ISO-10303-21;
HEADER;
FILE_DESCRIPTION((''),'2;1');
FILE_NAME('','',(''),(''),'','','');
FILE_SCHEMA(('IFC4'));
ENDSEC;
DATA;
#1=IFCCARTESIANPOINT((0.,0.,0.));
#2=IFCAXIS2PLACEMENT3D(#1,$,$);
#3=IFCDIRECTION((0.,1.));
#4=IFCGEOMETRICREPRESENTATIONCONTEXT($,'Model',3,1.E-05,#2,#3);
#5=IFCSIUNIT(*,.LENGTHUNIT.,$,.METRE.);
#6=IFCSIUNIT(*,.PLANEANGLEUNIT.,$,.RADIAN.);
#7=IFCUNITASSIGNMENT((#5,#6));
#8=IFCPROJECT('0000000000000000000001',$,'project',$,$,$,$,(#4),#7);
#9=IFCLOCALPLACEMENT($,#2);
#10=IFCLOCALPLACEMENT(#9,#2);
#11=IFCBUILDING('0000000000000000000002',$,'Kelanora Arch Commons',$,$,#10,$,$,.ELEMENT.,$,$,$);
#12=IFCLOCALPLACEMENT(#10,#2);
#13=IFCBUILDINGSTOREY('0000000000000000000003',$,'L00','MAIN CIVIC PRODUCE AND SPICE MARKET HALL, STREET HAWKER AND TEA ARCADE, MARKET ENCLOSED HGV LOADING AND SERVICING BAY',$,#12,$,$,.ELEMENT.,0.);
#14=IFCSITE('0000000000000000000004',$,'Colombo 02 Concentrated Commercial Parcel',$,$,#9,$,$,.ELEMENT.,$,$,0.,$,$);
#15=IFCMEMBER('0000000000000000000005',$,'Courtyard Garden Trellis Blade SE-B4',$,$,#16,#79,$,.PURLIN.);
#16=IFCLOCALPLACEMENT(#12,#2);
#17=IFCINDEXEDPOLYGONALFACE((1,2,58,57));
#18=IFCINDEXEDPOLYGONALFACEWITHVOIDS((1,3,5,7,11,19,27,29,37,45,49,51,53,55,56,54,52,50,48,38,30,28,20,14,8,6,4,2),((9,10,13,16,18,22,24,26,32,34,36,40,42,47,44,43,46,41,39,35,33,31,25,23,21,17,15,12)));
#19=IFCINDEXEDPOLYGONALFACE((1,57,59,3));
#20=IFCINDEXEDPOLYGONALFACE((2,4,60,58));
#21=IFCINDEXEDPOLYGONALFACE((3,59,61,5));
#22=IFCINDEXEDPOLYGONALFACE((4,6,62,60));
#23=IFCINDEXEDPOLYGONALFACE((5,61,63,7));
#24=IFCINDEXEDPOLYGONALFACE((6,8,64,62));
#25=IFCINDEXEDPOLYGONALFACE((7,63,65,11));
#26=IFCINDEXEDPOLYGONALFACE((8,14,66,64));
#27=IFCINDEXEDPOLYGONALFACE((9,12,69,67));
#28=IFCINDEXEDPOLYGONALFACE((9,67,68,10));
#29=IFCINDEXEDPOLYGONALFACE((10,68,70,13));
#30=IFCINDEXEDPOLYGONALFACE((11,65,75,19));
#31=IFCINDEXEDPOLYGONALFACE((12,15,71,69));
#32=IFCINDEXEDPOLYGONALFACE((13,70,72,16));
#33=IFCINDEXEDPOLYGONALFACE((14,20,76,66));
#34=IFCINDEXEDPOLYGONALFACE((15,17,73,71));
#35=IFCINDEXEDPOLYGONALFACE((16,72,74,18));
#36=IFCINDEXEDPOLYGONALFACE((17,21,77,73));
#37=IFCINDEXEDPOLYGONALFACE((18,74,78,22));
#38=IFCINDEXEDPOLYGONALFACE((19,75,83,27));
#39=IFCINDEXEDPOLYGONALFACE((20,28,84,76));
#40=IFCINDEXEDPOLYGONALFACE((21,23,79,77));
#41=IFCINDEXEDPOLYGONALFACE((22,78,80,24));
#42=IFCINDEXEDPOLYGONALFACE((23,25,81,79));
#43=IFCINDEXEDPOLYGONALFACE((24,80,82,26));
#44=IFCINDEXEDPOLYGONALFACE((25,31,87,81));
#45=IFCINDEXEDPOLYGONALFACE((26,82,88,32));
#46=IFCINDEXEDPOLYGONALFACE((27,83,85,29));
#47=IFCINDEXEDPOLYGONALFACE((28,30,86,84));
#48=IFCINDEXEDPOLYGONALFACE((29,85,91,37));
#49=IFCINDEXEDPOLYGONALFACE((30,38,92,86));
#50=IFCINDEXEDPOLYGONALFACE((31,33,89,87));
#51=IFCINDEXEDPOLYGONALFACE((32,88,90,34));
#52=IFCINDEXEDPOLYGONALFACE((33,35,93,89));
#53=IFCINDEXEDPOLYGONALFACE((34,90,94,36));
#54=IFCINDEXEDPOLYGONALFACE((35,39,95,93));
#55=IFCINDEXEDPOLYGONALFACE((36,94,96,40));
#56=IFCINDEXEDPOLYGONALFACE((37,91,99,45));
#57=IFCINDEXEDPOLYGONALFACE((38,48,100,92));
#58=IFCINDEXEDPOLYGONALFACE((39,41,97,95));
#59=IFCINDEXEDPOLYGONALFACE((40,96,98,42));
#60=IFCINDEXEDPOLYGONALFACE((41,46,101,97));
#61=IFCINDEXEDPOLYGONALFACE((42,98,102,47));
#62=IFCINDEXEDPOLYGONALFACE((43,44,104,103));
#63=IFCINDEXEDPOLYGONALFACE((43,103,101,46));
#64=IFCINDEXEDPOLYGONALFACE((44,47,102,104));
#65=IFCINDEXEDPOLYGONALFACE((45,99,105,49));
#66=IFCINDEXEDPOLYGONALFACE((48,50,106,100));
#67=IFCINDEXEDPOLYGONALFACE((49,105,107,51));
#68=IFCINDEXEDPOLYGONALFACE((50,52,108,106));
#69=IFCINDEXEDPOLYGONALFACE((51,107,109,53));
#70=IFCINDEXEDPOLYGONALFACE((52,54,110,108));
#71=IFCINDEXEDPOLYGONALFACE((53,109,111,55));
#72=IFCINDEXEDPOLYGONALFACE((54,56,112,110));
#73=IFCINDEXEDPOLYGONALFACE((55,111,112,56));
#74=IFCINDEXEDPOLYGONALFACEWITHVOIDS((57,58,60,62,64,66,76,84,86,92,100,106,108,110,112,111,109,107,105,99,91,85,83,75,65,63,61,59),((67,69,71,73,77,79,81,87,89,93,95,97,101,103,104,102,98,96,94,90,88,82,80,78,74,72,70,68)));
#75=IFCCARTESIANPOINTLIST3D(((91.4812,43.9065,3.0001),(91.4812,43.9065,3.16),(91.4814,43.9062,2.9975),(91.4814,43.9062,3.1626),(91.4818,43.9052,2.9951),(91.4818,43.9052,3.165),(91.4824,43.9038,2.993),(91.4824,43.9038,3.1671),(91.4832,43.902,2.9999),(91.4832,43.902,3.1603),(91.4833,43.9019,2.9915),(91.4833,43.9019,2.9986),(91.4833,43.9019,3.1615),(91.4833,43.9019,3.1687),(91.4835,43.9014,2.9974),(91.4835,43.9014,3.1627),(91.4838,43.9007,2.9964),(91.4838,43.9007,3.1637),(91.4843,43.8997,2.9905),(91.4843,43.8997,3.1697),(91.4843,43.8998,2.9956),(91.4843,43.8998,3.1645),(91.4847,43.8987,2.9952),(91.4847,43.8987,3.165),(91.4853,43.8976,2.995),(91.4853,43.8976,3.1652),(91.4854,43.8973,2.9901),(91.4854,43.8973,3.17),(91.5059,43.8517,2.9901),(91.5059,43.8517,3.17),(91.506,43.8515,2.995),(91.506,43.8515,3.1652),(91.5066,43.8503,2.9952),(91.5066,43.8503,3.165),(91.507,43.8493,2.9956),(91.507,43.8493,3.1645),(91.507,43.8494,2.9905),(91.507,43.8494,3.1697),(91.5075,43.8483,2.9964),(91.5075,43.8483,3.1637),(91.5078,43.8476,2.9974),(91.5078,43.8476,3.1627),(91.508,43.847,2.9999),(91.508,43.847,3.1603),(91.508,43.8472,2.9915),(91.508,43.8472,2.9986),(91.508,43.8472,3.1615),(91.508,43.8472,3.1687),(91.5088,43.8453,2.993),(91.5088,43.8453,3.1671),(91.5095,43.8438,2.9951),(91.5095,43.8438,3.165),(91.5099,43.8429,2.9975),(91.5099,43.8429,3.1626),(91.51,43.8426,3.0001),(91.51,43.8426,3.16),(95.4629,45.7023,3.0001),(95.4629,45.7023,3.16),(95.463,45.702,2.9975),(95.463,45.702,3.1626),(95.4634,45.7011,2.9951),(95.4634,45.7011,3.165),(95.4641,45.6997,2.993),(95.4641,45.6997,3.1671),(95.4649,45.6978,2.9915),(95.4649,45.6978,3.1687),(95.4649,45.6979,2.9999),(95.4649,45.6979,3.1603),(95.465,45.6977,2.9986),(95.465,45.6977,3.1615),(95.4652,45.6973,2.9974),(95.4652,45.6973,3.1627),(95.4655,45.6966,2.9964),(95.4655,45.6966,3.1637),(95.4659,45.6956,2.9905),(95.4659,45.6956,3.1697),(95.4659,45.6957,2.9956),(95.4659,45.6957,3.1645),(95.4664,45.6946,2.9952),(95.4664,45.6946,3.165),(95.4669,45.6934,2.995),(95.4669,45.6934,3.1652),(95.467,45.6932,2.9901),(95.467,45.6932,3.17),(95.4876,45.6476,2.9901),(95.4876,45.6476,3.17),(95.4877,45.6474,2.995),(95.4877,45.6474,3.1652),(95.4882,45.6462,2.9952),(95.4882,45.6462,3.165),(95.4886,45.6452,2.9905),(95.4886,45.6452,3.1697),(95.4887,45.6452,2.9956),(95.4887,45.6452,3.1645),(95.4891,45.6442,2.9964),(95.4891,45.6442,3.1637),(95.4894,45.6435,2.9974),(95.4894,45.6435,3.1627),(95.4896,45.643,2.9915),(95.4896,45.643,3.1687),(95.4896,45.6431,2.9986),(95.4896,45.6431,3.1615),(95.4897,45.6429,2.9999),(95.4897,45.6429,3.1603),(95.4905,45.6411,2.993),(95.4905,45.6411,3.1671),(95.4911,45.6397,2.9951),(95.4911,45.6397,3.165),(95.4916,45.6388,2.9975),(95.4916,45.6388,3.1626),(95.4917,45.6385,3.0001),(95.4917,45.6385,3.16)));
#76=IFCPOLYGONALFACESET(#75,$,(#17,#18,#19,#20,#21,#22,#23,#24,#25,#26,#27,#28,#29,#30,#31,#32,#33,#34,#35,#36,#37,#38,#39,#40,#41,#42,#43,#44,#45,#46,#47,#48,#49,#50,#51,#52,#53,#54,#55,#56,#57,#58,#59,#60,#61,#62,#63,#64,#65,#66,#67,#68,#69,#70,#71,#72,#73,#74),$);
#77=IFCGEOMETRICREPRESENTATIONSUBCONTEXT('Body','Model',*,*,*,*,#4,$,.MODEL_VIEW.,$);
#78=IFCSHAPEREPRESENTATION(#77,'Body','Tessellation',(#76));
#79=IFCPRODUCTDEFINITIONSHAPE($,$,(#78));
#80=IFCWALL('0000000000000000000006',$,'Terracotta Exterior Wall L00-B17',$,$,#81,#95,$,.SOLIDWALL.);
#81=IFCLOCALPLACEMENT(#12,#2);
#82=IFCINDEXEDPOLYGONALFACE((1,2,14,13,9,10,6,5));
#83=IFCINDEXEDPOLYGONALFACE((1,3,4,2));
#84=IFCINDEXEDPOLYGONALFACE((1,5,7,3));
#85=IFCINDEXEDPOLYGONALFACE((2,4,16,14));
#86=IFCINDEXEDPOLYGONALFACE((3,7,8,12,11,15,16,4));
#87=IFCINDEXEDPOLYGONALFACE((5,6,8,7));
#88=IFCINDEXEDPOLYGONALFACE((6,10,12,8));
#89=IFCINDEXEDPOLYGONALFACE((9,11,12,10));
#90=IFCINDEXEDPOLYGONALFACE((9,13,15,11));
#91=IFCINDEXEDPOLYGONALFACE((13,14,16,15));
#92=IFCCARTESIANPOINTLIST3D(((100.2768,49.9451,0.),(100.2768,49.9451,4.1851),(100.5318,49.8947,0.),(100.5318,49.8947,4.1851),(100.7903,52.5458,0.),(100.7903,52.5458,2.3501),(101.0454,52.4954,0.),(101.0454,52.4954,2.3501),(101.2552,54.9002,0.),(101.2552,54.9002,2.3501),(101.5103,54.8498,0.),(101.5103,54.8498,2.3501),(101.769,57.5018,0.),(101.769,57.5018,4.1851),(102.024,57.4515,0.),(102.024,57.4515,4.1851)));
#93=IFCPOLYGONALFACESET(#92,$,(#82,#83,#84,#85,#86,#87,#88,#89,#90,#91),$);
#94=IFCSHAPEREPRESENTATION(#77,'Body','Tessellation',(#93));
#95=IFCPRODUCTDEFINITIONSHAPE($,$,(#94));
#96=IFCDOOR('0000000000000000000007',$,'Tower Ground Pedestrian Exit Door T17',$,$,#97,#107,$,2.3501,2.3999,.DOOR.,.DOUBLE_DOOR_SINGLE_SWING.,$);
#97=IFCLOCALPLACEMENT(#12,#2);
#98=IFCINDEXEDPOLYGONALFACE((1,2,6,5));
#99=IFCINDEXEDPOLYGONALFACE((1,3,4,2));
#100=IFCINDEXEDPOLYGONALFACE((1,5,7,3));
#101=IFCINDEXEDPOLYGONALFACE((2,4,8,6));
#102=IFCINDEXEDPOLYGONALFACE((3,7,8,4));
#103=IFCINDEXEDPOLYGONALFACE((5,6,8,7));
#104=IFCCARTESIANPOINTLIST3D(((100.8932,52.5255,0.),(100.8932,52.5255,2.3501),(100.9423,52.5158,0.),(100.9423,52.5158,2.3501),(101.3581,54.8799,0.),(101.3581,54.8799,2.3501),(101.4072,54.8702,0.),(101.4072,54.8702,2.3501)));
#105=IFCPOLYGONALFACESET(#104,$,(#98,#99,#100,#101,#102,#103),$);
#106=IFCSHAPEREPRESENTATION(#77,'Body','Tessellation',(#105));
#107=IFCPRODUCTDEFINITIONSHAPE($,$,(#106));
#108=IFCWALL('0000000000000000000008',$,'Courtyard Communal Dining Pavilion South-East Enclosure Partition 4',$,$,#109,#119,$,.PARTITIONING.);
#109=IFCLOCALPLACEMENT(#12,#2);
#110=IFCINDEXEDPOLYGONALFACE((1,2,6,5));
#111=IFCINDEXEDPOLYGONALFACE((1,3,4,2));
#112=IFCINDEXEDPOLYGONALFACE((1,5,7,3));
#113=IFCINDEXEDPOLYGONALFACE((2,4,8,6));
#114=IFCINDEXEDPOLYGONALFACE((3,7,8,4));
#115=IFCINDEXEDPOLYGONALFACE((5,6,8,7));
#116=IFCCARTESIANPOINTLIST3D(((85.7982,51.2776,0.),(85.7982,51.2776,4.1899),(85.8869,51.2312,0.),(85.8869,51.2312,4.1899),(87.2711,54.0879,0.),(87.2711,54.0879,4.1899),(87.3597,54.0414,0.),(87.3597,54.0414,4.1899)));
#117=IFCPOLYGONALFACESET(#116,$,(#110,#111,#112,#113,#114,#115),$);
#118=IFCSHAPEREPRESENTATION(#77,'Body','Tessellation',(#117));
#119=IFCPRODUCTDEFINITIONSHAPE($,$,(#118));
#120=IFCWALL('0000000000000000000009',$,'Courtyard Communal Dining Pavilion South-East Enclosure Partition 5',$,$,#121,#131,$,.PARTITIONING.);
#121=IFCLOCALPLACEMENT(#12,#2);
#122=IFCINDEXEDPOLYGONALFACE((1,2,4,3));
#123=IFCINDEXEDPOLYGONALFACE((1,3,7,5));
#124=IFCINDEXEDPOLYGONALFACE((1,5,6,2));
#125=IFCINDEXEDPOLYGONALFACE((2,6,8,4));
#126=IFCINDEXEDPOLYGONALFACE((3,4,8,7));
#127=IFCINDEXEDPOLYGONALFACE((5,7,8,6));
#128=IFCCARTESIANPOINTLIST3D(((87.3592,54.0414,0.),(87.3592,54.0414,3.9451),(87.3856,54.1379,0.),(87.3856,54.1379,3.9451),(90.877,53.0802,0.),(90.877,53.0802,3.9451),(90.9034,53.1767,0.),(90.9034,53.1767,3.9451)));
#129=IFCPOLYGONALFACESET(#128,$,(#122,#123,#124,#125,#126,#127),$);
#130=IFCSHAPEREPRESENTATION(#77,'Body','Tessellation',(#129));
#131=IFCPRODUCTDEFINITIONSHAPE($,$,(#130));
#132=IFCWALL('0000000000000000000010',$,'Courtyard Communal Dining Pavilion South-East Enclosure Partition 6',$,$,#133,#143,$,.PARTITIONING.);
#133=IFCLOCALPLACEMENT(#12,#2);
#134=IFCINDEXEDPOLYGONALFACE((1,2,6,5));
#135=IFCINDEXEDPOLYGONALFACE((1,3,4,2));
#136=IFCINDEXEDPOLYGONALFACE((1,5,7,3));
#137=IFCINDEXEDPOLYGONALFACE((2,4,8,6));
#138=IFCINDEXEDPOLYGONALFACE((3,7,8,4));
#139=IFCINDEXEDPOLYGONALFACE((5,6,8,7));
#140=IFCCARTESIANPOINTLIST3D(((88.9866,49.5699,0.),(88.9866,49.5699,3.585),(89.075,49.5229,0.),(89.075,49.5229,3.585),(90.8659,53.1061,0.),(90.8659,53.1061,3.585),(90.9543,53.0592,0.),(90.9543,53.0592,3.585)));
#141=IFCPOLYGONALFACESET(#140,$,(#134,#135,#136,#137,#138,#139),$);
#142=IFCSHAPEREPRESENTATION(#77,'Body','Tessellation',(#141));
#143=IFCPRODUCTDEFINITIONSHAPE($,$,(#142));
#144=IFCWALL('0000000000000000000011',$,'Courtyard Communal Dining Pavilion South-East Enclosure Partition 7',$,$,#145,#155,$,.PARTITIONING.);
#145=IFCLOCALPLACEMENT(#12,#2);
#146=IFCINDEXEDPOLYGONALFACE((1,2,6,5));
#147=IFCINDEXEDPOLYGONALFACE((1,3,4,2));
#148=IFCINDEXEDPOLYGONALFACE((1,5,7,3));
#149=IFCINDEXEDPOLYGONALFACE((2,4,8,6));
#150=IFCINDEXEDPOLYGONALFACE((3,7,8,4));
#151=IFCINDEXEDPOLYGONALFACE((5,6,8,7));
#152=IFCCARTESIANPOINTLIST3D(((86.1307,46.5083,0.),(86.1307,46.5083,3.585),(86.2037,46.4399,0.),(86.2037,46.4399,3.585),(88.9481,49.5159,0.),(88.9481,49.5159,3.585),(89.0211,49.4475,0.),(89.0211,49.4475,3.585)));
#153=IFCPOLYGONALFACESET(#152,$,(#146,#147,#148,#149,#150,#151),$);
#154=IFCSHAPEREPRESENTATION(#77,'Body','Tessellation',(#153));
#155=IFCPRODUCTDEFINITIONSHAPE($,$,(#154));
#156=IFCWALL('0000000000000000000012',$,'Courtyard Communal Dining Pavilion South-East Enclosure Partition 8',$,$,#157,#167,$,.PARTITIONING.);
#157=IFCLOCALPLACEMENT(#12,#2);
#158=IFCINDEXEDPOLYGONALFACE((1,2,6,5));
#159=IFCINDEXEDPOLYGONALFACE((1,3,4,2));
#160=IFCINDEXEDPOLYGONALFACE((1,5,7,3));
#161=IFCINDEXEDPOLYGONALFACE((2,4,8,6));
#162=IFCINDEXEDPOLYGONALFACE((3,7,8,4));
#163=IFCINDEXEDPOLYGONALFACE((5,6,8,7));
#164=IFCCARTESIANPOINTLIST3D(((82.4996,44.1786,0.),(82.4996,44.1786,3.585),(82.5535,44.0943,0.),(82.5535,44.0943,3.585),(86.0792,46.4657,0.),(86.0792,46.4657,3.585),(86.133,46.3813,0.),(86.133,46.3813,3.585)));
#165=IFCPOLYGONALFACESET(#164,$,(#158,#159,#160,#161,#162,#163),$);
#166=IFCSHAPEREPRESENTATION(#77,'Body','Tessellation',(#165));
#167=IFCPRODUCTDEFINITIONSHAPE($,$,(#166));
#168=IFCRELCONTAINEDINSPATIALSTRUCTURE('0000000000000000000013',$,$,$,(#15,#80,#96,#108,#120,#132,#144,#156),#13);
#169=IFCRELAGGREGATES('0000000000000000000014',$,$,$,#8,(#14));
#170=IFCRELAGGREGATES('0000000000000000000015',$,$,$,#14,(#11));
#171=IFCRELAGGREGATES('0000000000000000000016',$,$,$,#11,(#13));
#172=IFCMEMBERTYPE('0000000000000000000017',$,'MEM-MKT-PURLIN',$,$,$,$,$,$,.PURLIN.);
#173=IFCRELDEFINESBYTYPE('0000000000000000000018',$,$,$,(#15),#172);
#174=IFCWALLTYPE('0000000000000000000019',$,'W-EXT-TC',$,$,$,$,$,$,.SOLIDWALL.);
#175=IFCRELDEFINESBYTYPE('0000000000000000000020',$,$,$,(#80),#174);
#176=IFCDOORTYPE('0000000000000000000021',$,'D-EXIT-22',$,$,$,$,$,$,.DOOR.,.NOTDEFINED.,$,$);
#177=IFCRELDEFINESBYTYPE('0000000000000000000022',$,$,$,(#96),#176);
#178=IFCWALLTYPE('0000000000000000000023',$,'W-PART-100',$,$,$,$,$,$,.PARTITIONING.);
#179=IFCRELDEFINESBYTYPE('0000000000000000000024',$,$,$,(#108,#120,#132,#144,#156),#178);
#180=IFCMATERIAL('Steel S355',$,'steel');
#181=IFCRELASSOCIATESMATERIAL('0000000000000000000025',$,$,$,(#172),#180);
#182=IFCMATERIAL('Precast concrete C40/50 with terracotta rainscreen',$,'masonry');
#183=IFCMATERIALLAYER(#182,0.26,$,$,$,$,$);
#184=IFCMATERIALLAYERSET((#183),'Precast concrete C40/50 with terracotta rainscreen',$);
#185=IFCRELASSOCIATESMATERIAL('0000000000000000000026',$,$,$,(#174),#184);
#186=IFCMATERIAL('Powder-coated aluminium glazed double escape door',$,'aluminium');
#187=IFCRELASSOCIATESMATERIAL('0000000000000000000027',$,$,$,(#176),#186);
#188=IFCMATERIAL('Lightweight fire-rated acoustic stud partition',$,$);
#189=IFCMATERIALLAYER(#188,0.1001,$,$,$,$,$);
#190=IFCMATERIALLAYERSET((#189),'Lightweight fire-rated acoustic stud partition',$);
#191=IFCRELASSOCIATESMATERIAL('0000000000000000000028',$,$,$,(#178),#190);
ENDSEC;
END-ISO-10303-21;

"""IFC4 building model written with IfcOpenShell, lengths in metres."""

from ifc_helpers import new_model, si_unit, direction, frame, frame_2d, origin, origin_2d, place, context, subcontext, project, spatial, rectangle, hollow_rectangle, extrude, material, layer, layer_set, material_profile, profile_set, type_object, element, fill, save


model = new_model("IFC4")

# Units and contexts
model_context = context("Model", 3, precision=1e-05, world=origin(), true_north=direction((0.0, 1.0)))
body_context = subcontext(model_context, "Body", "Model", "MODEL_VIEW")
ifc_project = project(units=[si_unit("LENGTHUNIT", "METRE"), si_unit("PLANEANGLEUNIT", "RADIAN")], contexts=[model_context])

# Site, building, storey
site_placement = place(None, origin())
site = spatial("IfcSite", under=ifc_project, at=site_placement, Name="Colombo 02 Concentrated Commercial Parcel", CompositionType="ELEMENT", RefElevation=0.0)
building_placement = place(site_placement, origin())
building = spatial("IfcBuilding", under=site, at=building_placement, Name="Kelanora Arch Commons", CompositionType="ELEMENT")
storey_placement = place(building_placement, origin())
storey = spatial("IfcBuildingStorey", under=building, at=storey_placement, Name="L00", Description="MAIN CIVIC PRODUCE AND SPICE MARKET HALL, STREET HAWKER AND TEA ARCADE, MARKET ENCLOSED HGV LOADING AND SERVICING BAY", CompositionType="ELEMENT", Elevation=0.0)

# Shared definitions
ifc_material_1 = material(Name="Steel S355", Category="steel")

# Member
ifc_material_profile_1 = material_profile(ifc_material_1, hollow_rectangle(XDim=0.0701, YDim=0.1799, WallThickness=0.0049, InnerFilletRadius=0.0049, OuterFilletRadius=0.01, at=origin_2d()), Name="RHS180x70x5")
ifc_profile_set_1 = profile_set([ifc_material_profile_1], Name="Steel S355")
member_type_1 = type_object("IfcMemberType", Name="MEM-MKT-PURLIN", PredefinedType="PURLIN", material=ifc_profile_set_1)
member_1_placement = place(storey_placement, frame((95.4773, 45.6704, 3.0801), z_axis=(-0.911567, -0.411152, 0.0), x_axis=(0.411152, -0.911567, 0.0)))
element("IfcMember", 1, at=member_1_placement, inside=storey, type_object=member_type_1, Name="Courtyard Garden Trellis Blade SE-B4", PredefinedType="PURLIN", context=body_context, shape_type="SweptSolid", body=[
    extrude(hollow_rectangle(XDim=0.0701, YDim=0.1799, WallThickness=0.0049, InnerFilletRadius=0.0049, OuterFilletRadius=0.01, at=origin_2d()), origin(), (0.0, 0.0, 1.0), 4.3679),
])

# Wall, opening, door
ifc_material_2 = material(Name="Precast concrete C40/50 with terracotta rainscreen", Category="masonry")
ifc_layer_1 = layer(ifc_material_2, 0.26)
ifc_layer_set_1 = layer_set([ifc_layer_1], Name="Precast concrete C40/50 with terracotta rainscreen")
wall_type_1 = type_object("IfcWallType", Name="W-EXT-TC", PredefinedType="SOLIDWALL", material=ifc_layer_set_1)
wall_1_placement = place(storey_placement, frame((100.4043, 49.9199, 0.0), z_axis=(0.0, 0.0, 1.0), x_axis=(0.193726, 0.981056, 0.0)))
wall_1 = element("IfcWall", 2, at=wall_1_placement, inside=storey, type_object=wall_type_1, Name="Terracotta Exterior Wall L00-B17", PredefinedType="SOLIDWALL", context=body_context, shape_type="SweptSolid", body=[
    extrude(rectangle(XDim=7.7026, YDim=0.26, at=frame_2d((3.8513, 0.0))), origin(), (0.0, 0.0, 1.0), 4.1851),
])
opening_1_placement = place(wall_1_placement, frame((2.6509, 0.0, 0.0)))
opening_1 = element("IfcOpeningElement", 3, at=opening_1_placement, cuts=wall_1, PredefinedType="OPENING", context=body_context, shape_type="SweptSolid", body=[
    extrude(rectangle(XDim=2.3999, YDim=2.3501, at=frame_2d((1.2, 1.175))), frame((0.0, 0.1401, 0.0), z_axis=(0.0, -1.0, 0.0), x_axis=(1.0, 0.0, 0.0)), (0.0, 0.0, 1.0), 0.28),
])
ifc_material_3 = material(Name="Powder-coated aluminium glazed double escape door", Category="aluminium")
door_type_1 = type_object("IfcDoorType", Name="D-EXIT-22", OperationType="NOTDEFINED", PredefinedType="DOOR", material=ifc_material_3)
door_1_placement = place(opening_1_placement, frame((2.3999, 0.0, 0.0), z_axis=(0.0, 0.0, 1.0), x_axis=(-1.0, 0.0, 0.0)))
door_1 = element("IfcDoor", 4, at=door_1_placement, inside=storey, type_object=door_type_1, Name="Tower Ground Pedestrian Exit Door T17", OperationType="DOUBLE_DOOR_SINGLE_SWING", OverallHeight=2.3501, OverallWidth=2.3999, PredefinedType="DOOR", context=body_context, shape_type="SweptSolid", body=[
    extrude(rectangle(XDim=2.3999, YDim=2.3501, at=frame_2d((1.2, 1.175))), frame((0.0, 0.0249, 0.0), z_axis=(0.0, -1.0, 0.0), x_axis=(1.0, 0.0, 0.0)), (0.0, 0.0, 1.0), 0.05),
])
fill(opening_1, door_1)

# Walls
ifc_material_4 = material(Name="Lightweight fire-rated acoustic stud partition")
ifc_layer_2 = layer(ifc_material_4, 0.1001)
ifc_layer_set_2 = layer_set([ifc_layer_2], Name="Lightweight fire-rated acoustic stud partition")
wall_type_2 = type_object("IfcWallType", Name="W-PART-100", PredefinedType="PARTITIONING", material=ifc_layer_set_2)
wall_2_placement = place(storey_placement, frame((85.8425, 51.2544, 0.0), z_axis=(0.0, 0.0, 1.0), x_axis=(0.464214, 0.885723, 0.0)))
element("IfcWall", 5, at=wall_2_placement, inside=storey, type_object=wall_type_2, Name="Courtyard Communal Dining Pavilion South-East Enclosure Partition 4", PredefinedType="PARTITIONING", context=body_context, shape_type="SweptSolid", body=[
    extrude(rectangle(XDim=3.1729, YDim=0.1001, at=frame_2d((1.5864, 0.0))), origin(), (0.0, 0.0, 1.0), 4.1899),
])
wall_3_placement = place(storey_placement, frame((87.3726, 54.0896, 0.0), z_axis=(0.0, 0.0, 1.0), x_axis=(0.96464, -0.263571, 0.0)))
element("IfcWall", 6, at=wall_3_placement, inside=storey, type_object=wall_type_2, Name="Courtyard Communal Dining Pavilion South-East Enclosure Partition 5", PredefinedType="PARTITIONING", context=body_context, shape_type="SweptSolid", body=[
    extrude(rectangle(XDim=3.6467, YDim=0.1001, at=frame_2d((1.8232, 0.0))), origin(), (0.0, 0.0, 1.0), 3.9451),
])
wall_4_placement = place(storey_placement, frame((90.9102, 53.0828, 0.0), z_axis=(0.0, 0.0, 1.0), x_axis=(-0.46929, -0.883044, 0.0)))
element("IfcWall", 7, at=wall_4_placement, inside=storey, type_object=wall_type_2, Name="Courtyard Communal Dining Pavilion South-East Enclosure Partition 6", PredefinedType="PARTITIONING", context=body_context, shape_type="SweptSolid", body=[
    extrude(rectangle(XDim=4.0046, YDim=0.1001, at=frame_2d((2.0024, 0.0))), origin(), (0.0, 0.0, 1.0), 3.585),
])
wall_5_placement = place(storey_placement, frame((88.9846, 49.4817, 0.0), z_axis=(0.0, 0.0, 1.0), x_axis=(-0.683655, -0.729805, 0.0)))
element("IfcWall", 8, at=wall_5_placement, inside=storey, type_object=wall_type_2, Name="Courtyard Communal Dining Pavilion South-East Enclosure Partition 7", PredefinedType="PARTITIONING", context=body_context, shape_type="SweptSolid", body=[
    extrude(rectangle(XDim=4.1211, YDim=0.1001, at=frame_2d((2.0605, 0.0))), origin(), (0.0, 0.0, 1.0), 3.585),
])
wall_6_placement = place(storey_placement, frame((86.1062, 46.4236, 0.0), z_axis=(0.0, 0.0, 1.0), x_axis=(-0.84268, -0.538414, 0.0)))
element("IfcWall", 9, at=wall_6_placement, inside=storey, type_object=wall_type_2, Name="Courtyard Communal Dining Pavilion South-East Enclosure Partition 8", PredefinedType="PARTITIONING", context=body_context, shape_type="SweptSolid", body=[
    extrude(rectangle(XDim=4.2478, YDim=0.1001, at=frame_2d((2.124, 0.0))), origin(), (0.0, 0.0, 1.0), 3.585),
])

save(model, "model.ifc")
